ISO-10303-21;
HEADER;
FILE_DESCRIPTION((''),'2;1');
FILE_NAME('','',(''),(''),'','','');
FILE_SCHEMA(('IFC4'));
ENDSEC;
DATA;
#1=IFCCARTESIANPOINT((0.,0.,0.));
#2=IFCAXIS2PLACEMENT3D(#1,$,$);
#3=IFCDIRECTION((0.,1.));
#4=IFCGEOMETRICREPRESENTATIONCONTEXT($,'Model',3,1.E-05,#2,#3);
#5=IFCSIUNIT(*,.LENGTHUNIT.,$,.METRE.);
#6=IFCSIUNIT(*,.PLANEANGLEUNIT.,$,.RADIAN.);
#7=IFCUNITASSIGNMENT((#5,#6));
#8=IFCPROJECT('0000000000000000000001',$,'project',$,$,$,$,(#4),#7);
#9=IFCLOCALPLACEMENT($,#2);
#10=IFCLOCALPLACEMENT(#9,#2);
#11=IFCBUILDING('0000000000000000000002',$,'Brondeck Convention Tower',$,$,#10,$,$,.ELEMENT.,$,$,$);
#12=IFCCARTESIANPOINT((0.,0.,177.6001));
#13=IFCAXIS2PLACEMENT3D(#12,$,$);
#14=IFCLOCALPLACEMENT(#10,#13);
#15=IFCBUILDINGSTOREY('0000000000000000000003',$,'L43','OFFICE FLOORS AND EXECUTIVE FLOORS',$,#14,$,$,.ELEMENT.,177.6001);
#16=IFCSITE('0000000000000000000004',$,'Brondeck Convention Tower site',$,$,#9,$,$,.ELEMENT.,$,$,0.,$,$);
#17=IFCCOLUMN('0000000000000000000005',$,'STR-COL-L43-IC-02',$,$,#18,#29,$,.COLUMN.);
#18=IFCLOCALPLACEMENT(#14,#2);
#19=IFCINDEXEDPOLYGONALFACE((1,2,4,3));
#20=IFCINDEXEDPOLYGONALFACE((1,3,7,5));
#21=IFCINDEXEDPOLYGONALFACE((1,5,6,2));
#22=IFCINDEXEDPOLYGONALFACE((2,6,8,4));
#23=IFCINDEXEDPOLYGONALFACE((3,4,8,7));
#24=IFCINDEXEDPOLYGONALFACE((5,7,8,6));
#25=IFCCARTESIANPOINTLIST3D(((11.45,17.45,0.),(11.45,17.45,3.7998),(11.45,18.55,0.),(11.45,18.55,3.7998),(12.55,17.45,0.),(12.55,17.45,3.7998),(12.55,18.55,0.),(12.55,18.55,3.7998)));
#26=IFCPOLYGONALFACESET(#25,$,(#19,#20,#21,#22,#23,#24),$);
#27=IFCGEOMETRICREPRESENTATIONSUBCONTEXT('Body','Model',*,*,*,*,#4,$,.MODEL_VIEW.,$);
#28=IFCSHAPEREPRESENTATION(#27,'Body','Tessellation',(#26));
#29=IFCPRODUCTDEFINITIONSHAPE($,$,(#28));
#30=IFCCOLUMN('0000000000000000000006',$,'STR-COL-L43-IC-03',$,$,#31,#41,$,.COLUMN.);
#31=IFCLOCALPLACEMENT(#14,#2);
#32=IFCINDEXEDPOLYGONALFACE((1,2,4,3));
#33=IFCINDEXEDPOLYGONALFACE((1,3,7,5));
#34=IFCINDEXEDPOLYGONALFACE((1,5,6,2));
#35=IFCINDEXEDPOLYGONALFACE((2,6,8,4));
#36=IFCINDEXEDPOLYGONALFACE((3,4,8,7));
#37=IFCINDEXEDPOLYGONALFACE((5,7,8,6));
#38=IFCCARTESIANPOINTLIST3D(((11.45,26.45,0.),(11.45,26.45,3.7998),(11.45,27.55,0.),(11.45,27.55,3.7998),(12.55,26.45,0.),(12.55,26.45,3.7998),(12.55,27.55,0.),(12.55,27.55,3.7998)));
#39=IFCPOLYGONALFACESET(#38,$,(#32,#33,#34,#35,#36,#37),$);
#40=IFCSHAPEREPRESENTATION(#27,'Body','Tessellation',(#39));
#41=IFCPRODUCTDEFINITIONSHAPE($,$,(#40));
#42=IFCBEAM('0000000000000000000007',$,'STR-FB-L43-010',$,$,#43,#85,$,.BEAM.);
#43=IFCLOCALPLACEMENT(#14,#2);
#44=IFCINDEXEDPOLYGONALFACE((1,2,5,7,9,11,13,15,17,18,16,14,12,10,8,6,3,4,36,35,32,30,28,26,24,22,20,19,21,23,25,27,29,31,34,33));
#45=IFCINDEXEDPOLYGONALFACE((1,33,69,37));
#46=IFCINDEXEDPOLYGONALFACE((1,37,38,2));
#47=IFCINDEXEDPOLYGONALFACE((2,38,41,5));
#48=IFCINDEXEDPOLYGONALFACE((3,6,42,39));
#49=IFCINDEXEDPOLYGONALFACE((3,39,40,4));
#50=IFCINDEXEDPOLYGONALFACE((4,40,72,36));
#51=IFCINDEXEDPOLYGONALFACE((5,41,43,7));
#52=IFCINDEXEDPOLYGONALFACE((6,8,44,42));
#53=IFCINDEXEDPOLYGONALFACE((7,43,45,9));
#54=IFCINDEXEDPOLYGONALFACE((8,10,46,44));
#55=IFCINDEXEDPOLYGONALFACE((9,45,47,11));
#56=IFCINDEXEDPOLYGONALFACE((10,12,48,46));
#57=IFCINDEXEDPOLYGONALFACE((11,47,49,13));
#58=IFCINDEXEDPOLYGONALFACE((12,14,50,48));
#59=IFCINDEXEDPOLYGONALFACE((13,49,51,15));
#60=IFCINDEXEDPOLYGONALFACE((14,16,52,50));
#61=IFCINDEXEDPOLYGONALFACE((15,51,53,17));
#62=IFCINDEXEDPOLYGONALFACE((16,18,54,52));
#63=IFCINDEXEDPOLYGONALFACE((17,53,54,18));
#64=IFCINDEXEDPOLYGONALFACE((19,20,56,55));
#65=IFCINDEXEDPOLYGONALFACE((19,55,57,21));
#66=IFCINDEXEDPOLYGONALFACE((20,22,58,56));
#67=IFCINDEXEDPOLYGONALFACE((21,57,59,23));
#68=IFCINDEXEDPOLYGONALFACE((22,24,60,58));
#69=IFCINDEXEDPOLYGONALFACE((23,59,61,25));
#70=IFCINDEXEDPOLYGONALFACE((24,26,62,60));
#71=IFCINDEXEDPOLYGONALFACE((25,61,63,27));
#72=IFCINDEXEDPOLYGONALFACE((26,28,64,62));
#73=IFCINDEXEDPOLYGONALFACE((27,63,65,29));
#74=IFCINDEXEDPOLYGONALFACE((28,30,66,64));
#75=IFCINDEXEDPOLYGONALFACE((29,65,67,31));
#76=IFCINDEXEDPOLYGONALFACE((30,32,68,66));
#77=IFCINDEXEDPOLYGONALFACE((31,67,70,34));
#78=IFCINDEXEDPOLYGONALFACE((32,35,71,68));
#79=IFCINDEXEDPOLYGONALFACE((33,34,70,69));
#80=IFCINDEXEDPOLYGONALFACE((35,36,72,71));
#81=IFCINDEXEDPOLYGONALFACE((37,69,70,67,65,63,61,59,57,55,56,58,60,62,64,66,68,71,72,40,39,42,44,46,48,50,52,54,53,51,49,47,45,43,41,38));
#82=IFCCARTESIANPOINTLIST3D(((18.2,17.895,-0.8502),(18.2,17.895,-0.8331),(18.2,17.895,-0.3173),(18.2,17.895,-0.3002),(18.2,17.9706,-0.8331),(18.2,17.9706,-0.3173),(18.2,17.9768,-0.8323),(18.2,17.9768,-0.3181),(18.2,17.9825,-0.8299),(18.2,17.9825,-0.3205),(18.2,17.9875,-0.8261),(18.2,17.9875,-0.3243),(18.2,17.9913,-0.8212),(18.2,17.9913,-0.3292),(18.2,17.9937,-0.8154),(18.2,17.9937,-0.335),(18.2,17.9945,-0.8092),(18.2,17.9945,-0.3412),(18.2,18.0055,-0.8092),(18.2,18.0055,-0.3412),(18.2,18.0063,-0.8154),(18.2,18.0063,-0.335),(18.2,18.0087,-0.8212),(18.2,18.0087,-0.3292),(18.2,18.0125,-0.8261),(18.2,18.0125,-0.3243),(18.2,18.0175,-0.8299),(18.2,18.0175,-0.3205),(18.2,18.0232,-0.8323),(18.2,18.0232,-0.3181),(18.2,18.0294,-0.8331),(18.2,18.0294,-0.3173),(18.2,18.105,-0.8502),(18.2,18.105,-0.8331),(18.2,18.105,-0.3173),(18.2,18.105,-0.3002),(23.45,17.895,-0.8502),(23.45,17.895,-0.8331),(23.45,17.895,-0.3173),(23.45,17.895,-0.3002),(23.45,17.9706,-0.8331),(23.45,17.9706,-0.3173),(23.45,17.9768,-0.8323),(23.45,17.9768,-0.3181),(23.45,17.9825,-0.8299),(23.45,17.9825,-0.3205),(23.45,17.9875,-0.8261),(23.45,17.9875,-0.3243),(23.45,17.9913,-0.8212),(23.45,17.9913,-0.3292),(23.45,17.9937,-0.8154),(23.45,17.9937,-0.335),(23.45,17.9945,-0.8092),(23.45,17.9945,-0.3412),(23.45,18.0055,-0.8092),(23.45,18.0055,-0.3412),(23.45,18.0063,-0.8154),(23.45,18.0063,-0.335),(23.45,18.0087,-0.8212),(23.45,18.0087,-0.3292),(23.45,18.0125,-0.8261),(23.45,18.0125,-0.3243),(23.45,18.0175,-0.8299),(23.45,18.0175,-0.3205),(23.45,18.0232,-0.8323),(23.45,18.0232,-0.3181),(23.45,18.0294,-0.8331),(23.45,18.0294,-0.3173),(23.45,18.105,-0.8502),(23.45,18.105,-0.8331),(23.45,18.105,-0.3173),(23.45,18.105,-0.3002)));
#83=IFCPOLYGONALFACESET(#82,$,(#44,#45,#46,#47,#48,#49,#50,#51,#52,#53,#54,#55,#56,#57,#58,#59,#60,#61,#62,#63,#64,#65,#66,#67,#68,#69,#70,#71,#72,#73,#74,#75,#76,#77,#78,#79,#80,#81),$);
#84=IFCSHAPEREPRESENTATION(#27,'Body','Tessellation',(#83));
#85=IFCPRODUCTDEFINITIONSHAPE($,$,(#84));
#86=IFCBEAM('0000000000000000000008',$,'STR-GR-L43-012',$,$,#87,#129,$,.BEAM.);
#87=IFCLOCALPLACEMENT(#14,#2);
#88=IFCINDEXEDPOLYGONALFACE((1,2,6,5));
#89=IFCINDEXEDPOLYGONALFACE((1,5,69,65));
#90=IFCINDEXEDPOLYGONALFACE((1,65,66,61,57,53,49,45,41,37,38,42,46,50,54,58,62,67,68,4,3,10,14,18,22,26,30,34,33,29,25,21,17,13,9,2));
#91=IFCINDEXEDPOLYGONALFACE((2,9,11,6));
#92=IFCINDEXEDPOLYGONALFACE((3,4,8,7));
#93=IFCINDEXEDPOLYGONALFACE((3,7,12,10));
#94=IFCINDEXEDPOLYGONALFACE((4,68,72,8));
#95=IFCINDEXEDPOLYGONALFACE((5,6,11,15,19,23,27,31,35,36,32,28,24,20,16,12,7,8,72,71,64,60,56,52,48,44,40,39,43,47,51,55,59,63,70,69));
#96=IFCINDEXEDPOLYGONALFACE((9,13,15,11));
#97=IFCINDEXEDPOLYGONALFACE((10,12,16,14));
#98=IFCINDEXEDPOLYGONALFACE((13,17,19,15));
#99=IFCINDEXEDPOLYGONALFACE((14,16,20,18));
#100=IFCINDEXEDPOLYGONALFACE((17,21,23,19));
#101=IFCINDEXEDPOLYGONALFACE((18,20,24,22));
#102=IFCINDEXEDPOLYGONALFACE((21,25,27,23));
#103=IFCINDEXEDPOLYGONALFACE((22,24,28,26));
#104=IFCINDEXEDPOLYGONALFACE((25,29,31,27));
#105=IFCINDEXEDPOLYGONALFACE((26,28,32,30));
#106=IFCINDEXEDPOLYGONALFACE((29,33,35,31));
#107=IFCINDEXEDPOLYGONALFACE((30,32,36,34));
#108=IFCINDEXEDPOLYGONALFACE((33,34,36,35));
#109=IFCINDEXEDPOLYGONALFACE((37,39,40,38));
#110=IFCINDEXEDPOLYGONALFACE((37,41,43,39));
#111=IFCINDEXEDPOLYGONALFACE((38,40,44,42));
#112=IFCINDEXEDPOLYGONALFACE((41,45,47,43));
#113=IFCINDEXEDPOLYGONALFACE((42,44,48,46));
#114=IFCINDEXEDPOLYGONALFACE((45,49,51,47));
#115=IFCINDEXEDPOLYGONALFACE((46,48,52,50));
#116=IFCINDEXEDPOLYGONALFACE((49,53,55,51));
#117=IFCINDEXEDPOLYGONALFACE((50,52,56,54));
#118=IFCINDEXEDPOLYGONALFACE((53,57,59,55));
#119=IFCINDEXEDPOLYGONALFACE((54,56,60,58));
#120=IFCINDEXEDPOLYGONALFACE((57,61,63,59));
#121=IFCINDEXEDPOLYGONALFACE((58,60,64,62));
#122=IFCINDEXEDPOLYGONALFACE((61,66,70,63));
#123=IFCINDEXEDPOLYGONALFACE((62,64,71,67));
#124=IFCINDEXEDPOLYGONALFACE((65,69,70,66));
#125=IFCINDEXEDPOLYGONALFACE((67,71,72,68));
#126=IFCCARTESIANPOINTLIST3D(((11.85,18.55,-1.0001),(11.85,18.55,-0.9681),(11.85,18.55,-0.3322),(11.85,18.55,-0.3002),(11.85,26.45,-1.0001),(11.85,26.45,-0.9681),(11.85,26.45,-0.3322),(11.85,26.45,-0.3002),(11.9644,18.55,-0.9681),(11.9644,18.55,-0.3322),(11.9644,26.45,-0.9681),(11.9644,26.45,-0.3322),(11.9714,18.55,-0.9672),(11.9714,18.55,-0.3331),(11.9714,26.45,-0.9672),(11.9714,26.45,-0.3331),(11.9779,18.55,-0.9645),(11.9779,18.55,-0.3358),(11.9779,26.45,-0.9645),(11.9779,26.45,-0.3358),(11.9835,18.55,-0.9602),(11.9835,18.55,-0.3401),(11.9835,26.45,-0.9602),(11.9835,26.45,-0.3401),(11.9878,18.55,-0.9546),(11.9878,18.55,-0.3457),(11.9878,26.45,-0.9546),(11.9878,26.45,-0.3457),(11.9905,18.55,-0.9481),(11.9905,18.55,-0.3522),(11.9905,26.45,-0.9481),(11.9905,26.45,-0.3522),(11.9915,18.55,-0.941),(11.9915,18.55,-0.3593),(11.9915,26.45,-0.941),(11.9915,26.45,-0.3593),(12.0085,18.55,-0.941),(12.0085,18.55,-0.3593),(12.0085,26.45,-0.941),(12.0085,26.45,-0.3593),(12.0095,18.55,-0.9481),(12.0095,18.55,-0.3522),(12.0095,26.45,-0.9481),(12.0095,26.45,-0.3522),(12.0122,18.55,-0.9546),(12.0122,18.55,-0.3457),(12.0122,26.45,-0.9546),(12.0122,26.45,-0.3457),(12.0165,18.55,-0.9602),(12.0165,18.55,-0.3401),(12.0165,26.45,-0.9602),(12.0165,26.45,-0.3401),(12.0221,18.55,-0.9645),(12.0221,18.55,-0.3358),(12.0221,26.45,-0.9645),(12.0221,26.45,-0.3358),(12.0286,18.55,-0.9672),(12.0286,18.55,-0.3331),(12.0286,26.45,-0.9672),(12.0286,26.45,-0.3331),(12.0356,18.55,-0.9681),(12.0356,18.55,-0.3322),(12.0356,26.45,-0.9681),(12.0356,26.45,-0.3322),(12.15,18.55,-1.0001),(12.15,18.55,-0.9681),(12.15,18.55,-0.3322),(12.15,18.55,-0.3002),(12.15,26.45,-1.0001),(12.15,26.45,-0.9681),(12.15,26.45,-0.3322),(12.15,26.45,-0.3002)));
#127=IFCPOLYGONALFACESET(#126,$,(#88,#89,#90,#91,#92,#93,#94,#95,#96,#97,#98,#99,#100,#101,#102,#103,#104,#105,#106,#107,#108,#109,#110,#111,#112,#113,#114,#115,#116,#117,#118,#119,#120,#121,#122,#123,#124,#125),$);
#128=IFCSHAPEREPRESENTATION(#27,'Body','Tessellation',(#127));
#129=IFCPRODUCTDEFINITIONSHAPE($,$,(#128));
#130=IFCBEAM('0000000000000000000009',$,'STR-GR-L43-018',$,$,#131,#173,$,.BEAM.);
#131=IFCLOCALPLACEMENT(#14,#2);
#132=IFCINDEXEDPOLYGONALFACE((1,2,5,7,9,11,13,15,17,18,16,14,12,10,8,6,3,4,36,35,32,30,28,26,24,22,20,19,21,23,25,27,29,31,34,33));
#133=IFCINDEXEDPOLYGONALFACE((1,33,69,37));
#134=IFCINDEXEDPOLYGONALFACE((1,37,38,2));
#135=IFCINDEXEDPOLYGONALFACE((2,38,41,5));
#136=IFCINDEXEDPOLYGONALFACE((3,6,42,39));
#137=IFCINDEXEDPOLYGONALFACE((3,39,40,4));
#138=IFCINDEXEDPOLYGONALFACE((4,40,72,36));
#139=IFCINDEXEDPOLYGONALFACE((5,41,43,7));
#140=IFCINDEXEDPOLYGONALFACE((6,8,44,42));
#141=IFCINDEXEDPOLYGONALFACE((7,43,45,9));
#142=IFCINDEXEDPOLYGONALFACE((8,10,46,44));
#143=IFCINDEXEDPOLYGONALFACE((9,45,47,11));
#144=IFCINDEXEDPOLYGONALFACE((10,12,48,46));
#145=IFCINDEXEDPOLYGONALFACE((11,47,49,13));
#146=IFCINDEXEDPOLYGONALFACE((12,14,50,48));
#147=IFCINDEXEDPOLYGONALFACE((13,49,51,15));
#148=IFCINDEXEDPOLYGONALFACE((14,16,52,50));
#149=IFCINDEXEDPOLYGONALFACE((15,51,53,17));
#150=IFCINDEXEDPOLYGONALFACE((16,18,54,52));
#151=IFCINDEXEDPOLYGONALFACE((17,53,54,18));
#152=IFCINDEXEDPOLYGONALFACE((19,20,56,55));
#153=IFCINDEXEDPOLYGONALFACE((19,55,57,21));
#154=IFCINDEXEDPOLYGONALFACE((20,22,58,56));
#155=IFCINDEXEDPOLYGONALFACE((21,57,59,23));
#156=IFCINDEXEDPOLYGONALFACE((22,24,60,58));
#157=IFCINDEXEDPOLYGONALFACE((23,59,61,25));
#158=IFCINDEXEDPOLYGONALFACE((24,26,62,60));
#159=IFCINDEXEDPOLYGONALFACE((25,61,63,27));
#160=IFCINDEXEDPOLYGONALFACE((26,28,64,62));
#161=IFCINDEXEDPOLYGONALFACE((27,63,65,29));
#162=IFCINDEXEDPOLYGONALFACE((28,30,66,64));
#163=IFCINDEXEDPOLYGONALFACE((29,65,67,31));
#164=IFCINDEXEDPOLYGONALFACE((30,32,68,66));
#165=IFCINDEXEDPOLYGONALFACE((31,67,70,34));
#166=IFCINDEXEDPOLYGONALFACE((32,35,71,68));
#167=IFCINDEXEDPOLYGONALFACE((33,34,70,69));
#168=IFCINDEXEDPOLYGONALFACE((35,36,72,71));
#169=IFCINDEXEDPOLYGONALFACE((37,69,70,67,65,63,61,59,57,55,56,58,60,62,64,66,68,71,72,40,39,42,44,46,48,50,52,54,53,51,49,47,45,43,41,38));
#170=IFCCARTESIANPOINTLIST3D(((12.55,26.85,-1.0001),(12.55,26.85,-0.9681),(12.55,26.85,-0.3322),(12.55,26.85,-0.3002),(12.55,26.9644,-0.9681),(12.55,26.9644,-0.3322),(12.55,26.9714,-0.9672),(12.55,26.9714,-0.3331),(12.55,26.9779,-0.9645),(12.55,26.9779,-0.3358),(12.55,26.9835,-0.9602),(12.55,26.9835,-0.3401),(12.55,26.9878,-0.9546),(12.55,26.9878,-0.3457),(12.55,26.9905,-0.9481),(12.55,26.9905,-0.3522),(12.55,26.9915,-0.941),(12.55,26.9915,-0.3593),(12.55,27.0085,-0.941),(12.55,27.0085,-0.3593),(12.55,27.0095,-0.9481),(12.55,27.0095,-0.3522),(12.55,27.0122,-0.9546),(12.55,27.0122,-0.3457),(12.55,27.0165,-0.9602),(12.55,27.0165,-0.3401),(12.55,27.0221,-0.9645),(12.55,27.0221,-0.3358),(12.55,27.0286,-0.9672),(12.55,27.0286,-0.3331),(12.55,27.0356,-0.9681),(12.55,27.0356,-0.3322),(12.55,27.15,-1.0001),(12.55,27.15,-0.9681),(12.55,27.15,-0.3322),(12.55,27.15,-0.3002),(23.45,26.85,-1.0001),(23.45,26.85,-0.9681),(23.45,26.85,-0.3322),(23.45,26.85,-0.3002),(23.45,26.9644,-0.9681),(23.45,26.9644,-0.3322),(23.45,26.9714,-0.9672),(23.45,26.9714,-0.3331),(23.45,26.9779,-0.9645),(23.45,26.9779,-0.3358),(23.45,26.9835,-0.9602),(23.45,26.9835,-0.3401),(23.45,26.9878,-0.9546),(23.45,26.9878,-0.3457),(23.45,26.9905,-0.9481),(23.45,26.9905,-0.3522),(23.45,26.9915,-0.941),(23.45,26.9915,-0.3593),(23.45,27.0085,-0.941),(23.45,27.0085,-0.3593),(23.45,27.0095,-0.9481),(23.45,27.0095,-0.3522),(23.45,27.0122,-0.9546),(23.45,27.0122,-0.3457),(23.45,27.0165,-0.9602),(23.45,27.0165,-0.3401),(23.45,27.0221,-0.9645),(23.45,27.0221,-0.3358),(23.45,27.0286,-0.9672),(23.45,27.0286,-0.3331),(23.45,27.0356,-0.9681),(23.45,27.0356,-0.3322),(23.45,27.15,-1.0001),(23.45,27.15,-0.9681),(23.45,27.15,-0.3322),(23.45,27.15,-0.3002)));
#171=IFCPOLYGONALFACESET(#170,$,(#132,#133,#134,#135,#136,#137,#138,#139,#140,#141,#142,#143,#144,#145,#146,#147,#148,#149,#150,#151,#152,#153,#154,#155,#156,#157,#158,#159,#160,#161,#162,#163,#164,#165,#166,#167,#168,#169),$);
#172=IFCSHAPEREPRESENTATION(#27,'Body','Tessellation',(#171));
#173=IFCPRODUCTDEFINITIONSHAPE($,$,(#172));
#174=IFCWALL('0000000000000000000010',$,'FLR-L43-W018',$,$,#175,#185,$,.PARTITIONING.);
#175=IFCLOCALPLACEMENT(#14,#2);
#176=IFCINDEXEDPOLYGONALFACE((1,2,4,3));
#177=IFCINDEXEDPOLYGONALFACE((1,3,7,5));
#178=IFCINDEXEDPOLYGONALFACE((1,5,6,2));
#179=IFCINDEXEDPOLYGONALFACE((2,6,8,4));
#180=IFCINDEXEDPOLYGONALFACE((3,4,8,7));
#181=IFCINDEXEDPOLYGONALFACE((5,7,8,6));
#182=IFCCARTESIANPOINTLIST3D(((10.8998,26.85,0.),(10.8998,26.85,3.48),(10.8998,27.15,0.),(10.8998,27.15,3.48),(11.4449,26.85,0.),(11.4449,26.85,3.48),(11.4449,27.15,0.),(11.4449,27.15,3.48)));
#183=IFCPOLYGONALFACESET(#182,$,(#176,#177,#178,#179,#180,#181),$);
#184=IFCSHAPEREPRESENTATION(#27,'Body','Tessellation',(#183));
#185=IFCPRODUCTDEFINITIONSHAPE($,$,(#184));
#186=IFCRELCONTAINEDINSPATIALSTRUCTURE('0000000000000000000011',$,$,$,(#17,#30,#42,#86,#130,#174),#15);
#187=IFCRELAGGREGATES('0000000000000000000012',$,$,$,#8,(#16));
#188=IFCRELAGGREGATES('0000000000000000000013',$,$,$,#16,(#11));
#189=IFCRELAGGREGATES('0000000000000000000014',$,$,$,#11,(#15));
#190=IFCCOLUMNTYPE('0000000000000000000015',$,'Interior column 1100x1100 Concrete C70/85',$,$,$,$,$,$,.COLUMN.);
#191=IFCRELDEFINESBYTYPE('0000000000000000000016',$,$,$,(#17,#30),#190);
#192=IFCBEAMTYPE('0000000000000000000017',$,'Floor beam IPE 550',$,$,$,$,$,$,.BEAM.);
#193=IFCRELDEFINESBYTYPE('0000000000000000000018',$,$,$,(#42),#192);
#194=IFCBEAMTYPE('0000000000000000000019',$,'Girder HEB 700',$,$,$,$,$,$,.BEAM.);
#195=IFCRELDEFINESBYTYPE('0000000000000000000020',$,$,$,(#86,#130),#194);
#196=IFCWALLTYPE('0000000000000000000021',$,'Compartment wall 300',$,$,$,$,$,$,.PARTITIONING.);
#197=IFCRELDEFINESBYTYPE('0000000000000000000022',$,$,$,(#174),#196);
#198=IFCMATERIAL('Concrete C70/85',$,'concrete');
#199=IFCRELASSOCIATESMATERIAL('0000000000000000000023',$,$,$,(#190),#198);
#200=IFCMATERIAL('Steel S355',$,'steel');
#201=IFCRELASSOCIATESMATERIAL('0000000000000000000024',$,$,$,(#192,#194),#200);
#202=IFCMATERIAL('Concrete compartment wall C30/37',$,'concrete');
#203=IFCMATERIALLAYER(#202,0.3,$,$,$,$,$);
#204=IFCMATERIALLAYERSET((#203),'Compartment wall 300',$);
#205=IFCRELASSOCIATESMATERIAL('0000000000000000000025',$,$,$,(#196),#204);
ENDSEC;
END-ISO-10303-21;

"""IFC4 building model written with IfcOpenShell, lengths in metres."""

from ifc_helpers import new_model, si_unit, direction, frame, frame_2d, origin, origin_2d, place, context, subcontext, project, spatial, rectangle, i_section, extrude, material, layer, layer_set, material_profile, profile_set, type_object, element, save


model = new_model("IFC4")

# Units and contexts
model_context = context("Model", 3, precision=1e-05, world=origin(), true_north=direction((0.0, 1.0)))
body_context = subcontext(model_context, "Body", "Model", "MODEL_VIEW")
ifc_project = project(units=[si_unit("LENGTHUNIT", "METRE"), si_unit("PLANEANGLEUNIT", "RADIAN")], contexts=[model_context])

# Site, building, storey
site_placement = place(None, origin())
site = spatial("IfcSite", under=ifc_project, at=site_placement, Name="Brondeck Convention Tower site", CompositionType="ELEMENT", RefElevation=0.0)
building_placement = place(site_placement, origin())
building = spatial("IfcBuilding", under=site, at=building_placement, Name="Brondeck Convention Tower", CompositionType="ELEMENT")
storey_placement = place(building_placement, frame((0.0, 0.0, 177.6001)))
storey = spatial("IfcBuildingStorey", under=building, at=storey_placement, Name="L43", Description="OFFICE FLOORS AND EXECUTIVE FLOORS", CompositionType="ELEMENT", Elevation=177.6001)

# Columns
ifc_material_1 = material(Name="Concrete C70/85", Category="concrete")
ifc_material_profile_1 = material_profile(ifc_material_1, rectangle(XDim=1.1001, YDim=1.1001, at=origin_2d()), Name="Interior column 1100x1100 Concrete C70/85")
ifc_profile_set_1 = profile_set([ifc_material_profile_1], Name="Concrete C70/85")
column_type = type_object("IfcColumnType", Name="Interior column 1100x1100 Concrete C70/85", PredefinedType="COLUMN", material=ifc_profile_set_1)
for number, where, z_axis, x_axis, name in (
    (1, (12.0, 18.0, 0.0), (0.0, 0.0, 1.0), (1.0, 0.0, 0.0), "STR-COL-L43-IC-02"),
    (2, (12.0, 27.0, 0.0), (0.0, 0.0, 1.0), (1.0, 0.0, 0.0), "STR-COL-L43-IC-03"),
):
    element("IfcColumn", number, at=place(storey_placement, frame(where, z_axis=z_axis, x_axis=x_axis)), inside=storey, type_object=column_type, Name=name, PredefinedType="COLUMN", context=body_context, shape_type="SweptSolid", body=[
        extrude(rectangle(XDim=1.1001, YDim=1.1001, at=origin_2d()), origin(), (0.0, 0.0, 1.0), 3.7998),
    ])

# Beams
ifc_material_2 = material(Name="Steel S355", Category="steel")
ifc_material_profile_2 = material_profile(ifc_material_2, i_section(OverallWidth=0.21, OverallDepth=0.55, WebThickness=0.011, FlangeThickness=0.0171, FilletRadius=0.0239, at=origin_2d()), Name="IPE 550")
ifc_profile_set_2 = profile_set([ifc_material_profile_2], Name="Steel S355")
beam_type_1 = type_object("IfcBeamType", Name="Floor beam IPE 550", PredefinedType="BEAM", material=ifc_profile_set_2)
beam_1_placement = place(storey_placement, frame((18.2, 18.0, -0.5752), z_axis=(1.0, 0.0, 0.0), x_axis=(0.0, 1.0, 0.0)))
element("IfcBeam", 3, at=beam_1_placement, inside=storey, type_object=beam_type_1, Name="STR-FB-L43-010", PredefinedType="BEAM", context=body_context, shape_type="SweptSolid", body=[
    extrude(i_section(OverallWidth=0.21, OverallDepth=0.55, WebThickness=0.011, FlangeThickness=0.0171, FilletRadius=0.0239, at=origin_2d()), origin(), (0.0, 0.0, 1.0), 5.25),
])
ifc_material_profile_3 = material_profile(ifc_material_2, i_section(OverallWidth=0.3, OverallDepth=0.7, WebThickness=0.0171, FlangeThickness=0.032, FilletRadius=0.0271, at=origin_2d()), Name="HEB 700")
ifc_profile_set_3 = profile_set([ifc_material_profile_3], Name="Steel S355")
beam_type_2 = type_object("IfcBeamType", Name="Girder HEB 700", PredefinedType="BEAM", material=ifc_profile_set_3)
beam_2_placement = place(storey_placement, frame((12.0, 26.45, -0.6501), z_axis=(0.0, -1.0, 0.0), x_axis=(1.0, 0.0, 0.0)))
element("IfcBeam", 4, at=beam_2_placement, inside=storey, type_object=beam_type_2, Name="STR-GR-L43-012", PredefinedType="BEAM", context=body_context, shape_type="SweptSolid", body=[
    extrude(i_section(OverallWidth=0.3, OverallDepth=0.7, WebThickness=0.0171, FlangeThickness=0.032, FilletRadius=0.0271, at=origin_2d()), origin(), (0.0, 0.0, 1.0), 7.8999),
])
beam_3_placement = place(storey_placement, frame((12.55, 27.0, -0.6501), z_axis=(1.0, 0.0, 0.0), x_axis=(0.0, 1.0, 0.0)))
element("IfcBeam", 5, at=beam_3_placement, inside=storey, type_object=beam_type_2, Name="STR-GR-L43-018", PredefinedType="BEAM", context=body_context, shape_type="SweptSolid", body=[
    extrude(i_section(OverallWidth=0.3, OverallDepth=0.7, WebThickness=0.0171, FlangeThickness=0.032, FilletRadius=0.0271, at=origin_2d()), origin(), (0.0, 0.0, 1.0), 10.8999),
])

# Wall
ifc_material_3 = material(Name="Concrete compartment wall C30/37", Category="concrete")
ifc_layer_1 = layer(ifc_material_3, 0.3)
ifc_layer_set_1 = layer_set([ifc_layer_1], Name="Compartment wall 300")
wall_type_1 = type_object("IfcWallType", Name="Compartment wall 300", PredefinedType="PARTITIONING", material=ifc_layer_set_1)
wall_1_placement = place(storey_placement, frame((10.8999, 27.0, 0.0), z_axis=(0.0, 0.0, 1.0), x_axis=(1.0, 0.0, 0.0)))
element("IfcWall", 6, at=wall_1_placement, inside=storey, type_object=wall_type_1, Name="FLR-L43-W018", PredefinedType="PARTITIONING", context=body_context, shape_type="SweptSolid", body=[
    extrude(rectangle(XDim=0.5452, YDim=0.3, at=frame_2d((0.2725, 0.0))), origin(), (0.0, 0.0, 1.0), 3.48),
])

save(model, "model.ifc")
